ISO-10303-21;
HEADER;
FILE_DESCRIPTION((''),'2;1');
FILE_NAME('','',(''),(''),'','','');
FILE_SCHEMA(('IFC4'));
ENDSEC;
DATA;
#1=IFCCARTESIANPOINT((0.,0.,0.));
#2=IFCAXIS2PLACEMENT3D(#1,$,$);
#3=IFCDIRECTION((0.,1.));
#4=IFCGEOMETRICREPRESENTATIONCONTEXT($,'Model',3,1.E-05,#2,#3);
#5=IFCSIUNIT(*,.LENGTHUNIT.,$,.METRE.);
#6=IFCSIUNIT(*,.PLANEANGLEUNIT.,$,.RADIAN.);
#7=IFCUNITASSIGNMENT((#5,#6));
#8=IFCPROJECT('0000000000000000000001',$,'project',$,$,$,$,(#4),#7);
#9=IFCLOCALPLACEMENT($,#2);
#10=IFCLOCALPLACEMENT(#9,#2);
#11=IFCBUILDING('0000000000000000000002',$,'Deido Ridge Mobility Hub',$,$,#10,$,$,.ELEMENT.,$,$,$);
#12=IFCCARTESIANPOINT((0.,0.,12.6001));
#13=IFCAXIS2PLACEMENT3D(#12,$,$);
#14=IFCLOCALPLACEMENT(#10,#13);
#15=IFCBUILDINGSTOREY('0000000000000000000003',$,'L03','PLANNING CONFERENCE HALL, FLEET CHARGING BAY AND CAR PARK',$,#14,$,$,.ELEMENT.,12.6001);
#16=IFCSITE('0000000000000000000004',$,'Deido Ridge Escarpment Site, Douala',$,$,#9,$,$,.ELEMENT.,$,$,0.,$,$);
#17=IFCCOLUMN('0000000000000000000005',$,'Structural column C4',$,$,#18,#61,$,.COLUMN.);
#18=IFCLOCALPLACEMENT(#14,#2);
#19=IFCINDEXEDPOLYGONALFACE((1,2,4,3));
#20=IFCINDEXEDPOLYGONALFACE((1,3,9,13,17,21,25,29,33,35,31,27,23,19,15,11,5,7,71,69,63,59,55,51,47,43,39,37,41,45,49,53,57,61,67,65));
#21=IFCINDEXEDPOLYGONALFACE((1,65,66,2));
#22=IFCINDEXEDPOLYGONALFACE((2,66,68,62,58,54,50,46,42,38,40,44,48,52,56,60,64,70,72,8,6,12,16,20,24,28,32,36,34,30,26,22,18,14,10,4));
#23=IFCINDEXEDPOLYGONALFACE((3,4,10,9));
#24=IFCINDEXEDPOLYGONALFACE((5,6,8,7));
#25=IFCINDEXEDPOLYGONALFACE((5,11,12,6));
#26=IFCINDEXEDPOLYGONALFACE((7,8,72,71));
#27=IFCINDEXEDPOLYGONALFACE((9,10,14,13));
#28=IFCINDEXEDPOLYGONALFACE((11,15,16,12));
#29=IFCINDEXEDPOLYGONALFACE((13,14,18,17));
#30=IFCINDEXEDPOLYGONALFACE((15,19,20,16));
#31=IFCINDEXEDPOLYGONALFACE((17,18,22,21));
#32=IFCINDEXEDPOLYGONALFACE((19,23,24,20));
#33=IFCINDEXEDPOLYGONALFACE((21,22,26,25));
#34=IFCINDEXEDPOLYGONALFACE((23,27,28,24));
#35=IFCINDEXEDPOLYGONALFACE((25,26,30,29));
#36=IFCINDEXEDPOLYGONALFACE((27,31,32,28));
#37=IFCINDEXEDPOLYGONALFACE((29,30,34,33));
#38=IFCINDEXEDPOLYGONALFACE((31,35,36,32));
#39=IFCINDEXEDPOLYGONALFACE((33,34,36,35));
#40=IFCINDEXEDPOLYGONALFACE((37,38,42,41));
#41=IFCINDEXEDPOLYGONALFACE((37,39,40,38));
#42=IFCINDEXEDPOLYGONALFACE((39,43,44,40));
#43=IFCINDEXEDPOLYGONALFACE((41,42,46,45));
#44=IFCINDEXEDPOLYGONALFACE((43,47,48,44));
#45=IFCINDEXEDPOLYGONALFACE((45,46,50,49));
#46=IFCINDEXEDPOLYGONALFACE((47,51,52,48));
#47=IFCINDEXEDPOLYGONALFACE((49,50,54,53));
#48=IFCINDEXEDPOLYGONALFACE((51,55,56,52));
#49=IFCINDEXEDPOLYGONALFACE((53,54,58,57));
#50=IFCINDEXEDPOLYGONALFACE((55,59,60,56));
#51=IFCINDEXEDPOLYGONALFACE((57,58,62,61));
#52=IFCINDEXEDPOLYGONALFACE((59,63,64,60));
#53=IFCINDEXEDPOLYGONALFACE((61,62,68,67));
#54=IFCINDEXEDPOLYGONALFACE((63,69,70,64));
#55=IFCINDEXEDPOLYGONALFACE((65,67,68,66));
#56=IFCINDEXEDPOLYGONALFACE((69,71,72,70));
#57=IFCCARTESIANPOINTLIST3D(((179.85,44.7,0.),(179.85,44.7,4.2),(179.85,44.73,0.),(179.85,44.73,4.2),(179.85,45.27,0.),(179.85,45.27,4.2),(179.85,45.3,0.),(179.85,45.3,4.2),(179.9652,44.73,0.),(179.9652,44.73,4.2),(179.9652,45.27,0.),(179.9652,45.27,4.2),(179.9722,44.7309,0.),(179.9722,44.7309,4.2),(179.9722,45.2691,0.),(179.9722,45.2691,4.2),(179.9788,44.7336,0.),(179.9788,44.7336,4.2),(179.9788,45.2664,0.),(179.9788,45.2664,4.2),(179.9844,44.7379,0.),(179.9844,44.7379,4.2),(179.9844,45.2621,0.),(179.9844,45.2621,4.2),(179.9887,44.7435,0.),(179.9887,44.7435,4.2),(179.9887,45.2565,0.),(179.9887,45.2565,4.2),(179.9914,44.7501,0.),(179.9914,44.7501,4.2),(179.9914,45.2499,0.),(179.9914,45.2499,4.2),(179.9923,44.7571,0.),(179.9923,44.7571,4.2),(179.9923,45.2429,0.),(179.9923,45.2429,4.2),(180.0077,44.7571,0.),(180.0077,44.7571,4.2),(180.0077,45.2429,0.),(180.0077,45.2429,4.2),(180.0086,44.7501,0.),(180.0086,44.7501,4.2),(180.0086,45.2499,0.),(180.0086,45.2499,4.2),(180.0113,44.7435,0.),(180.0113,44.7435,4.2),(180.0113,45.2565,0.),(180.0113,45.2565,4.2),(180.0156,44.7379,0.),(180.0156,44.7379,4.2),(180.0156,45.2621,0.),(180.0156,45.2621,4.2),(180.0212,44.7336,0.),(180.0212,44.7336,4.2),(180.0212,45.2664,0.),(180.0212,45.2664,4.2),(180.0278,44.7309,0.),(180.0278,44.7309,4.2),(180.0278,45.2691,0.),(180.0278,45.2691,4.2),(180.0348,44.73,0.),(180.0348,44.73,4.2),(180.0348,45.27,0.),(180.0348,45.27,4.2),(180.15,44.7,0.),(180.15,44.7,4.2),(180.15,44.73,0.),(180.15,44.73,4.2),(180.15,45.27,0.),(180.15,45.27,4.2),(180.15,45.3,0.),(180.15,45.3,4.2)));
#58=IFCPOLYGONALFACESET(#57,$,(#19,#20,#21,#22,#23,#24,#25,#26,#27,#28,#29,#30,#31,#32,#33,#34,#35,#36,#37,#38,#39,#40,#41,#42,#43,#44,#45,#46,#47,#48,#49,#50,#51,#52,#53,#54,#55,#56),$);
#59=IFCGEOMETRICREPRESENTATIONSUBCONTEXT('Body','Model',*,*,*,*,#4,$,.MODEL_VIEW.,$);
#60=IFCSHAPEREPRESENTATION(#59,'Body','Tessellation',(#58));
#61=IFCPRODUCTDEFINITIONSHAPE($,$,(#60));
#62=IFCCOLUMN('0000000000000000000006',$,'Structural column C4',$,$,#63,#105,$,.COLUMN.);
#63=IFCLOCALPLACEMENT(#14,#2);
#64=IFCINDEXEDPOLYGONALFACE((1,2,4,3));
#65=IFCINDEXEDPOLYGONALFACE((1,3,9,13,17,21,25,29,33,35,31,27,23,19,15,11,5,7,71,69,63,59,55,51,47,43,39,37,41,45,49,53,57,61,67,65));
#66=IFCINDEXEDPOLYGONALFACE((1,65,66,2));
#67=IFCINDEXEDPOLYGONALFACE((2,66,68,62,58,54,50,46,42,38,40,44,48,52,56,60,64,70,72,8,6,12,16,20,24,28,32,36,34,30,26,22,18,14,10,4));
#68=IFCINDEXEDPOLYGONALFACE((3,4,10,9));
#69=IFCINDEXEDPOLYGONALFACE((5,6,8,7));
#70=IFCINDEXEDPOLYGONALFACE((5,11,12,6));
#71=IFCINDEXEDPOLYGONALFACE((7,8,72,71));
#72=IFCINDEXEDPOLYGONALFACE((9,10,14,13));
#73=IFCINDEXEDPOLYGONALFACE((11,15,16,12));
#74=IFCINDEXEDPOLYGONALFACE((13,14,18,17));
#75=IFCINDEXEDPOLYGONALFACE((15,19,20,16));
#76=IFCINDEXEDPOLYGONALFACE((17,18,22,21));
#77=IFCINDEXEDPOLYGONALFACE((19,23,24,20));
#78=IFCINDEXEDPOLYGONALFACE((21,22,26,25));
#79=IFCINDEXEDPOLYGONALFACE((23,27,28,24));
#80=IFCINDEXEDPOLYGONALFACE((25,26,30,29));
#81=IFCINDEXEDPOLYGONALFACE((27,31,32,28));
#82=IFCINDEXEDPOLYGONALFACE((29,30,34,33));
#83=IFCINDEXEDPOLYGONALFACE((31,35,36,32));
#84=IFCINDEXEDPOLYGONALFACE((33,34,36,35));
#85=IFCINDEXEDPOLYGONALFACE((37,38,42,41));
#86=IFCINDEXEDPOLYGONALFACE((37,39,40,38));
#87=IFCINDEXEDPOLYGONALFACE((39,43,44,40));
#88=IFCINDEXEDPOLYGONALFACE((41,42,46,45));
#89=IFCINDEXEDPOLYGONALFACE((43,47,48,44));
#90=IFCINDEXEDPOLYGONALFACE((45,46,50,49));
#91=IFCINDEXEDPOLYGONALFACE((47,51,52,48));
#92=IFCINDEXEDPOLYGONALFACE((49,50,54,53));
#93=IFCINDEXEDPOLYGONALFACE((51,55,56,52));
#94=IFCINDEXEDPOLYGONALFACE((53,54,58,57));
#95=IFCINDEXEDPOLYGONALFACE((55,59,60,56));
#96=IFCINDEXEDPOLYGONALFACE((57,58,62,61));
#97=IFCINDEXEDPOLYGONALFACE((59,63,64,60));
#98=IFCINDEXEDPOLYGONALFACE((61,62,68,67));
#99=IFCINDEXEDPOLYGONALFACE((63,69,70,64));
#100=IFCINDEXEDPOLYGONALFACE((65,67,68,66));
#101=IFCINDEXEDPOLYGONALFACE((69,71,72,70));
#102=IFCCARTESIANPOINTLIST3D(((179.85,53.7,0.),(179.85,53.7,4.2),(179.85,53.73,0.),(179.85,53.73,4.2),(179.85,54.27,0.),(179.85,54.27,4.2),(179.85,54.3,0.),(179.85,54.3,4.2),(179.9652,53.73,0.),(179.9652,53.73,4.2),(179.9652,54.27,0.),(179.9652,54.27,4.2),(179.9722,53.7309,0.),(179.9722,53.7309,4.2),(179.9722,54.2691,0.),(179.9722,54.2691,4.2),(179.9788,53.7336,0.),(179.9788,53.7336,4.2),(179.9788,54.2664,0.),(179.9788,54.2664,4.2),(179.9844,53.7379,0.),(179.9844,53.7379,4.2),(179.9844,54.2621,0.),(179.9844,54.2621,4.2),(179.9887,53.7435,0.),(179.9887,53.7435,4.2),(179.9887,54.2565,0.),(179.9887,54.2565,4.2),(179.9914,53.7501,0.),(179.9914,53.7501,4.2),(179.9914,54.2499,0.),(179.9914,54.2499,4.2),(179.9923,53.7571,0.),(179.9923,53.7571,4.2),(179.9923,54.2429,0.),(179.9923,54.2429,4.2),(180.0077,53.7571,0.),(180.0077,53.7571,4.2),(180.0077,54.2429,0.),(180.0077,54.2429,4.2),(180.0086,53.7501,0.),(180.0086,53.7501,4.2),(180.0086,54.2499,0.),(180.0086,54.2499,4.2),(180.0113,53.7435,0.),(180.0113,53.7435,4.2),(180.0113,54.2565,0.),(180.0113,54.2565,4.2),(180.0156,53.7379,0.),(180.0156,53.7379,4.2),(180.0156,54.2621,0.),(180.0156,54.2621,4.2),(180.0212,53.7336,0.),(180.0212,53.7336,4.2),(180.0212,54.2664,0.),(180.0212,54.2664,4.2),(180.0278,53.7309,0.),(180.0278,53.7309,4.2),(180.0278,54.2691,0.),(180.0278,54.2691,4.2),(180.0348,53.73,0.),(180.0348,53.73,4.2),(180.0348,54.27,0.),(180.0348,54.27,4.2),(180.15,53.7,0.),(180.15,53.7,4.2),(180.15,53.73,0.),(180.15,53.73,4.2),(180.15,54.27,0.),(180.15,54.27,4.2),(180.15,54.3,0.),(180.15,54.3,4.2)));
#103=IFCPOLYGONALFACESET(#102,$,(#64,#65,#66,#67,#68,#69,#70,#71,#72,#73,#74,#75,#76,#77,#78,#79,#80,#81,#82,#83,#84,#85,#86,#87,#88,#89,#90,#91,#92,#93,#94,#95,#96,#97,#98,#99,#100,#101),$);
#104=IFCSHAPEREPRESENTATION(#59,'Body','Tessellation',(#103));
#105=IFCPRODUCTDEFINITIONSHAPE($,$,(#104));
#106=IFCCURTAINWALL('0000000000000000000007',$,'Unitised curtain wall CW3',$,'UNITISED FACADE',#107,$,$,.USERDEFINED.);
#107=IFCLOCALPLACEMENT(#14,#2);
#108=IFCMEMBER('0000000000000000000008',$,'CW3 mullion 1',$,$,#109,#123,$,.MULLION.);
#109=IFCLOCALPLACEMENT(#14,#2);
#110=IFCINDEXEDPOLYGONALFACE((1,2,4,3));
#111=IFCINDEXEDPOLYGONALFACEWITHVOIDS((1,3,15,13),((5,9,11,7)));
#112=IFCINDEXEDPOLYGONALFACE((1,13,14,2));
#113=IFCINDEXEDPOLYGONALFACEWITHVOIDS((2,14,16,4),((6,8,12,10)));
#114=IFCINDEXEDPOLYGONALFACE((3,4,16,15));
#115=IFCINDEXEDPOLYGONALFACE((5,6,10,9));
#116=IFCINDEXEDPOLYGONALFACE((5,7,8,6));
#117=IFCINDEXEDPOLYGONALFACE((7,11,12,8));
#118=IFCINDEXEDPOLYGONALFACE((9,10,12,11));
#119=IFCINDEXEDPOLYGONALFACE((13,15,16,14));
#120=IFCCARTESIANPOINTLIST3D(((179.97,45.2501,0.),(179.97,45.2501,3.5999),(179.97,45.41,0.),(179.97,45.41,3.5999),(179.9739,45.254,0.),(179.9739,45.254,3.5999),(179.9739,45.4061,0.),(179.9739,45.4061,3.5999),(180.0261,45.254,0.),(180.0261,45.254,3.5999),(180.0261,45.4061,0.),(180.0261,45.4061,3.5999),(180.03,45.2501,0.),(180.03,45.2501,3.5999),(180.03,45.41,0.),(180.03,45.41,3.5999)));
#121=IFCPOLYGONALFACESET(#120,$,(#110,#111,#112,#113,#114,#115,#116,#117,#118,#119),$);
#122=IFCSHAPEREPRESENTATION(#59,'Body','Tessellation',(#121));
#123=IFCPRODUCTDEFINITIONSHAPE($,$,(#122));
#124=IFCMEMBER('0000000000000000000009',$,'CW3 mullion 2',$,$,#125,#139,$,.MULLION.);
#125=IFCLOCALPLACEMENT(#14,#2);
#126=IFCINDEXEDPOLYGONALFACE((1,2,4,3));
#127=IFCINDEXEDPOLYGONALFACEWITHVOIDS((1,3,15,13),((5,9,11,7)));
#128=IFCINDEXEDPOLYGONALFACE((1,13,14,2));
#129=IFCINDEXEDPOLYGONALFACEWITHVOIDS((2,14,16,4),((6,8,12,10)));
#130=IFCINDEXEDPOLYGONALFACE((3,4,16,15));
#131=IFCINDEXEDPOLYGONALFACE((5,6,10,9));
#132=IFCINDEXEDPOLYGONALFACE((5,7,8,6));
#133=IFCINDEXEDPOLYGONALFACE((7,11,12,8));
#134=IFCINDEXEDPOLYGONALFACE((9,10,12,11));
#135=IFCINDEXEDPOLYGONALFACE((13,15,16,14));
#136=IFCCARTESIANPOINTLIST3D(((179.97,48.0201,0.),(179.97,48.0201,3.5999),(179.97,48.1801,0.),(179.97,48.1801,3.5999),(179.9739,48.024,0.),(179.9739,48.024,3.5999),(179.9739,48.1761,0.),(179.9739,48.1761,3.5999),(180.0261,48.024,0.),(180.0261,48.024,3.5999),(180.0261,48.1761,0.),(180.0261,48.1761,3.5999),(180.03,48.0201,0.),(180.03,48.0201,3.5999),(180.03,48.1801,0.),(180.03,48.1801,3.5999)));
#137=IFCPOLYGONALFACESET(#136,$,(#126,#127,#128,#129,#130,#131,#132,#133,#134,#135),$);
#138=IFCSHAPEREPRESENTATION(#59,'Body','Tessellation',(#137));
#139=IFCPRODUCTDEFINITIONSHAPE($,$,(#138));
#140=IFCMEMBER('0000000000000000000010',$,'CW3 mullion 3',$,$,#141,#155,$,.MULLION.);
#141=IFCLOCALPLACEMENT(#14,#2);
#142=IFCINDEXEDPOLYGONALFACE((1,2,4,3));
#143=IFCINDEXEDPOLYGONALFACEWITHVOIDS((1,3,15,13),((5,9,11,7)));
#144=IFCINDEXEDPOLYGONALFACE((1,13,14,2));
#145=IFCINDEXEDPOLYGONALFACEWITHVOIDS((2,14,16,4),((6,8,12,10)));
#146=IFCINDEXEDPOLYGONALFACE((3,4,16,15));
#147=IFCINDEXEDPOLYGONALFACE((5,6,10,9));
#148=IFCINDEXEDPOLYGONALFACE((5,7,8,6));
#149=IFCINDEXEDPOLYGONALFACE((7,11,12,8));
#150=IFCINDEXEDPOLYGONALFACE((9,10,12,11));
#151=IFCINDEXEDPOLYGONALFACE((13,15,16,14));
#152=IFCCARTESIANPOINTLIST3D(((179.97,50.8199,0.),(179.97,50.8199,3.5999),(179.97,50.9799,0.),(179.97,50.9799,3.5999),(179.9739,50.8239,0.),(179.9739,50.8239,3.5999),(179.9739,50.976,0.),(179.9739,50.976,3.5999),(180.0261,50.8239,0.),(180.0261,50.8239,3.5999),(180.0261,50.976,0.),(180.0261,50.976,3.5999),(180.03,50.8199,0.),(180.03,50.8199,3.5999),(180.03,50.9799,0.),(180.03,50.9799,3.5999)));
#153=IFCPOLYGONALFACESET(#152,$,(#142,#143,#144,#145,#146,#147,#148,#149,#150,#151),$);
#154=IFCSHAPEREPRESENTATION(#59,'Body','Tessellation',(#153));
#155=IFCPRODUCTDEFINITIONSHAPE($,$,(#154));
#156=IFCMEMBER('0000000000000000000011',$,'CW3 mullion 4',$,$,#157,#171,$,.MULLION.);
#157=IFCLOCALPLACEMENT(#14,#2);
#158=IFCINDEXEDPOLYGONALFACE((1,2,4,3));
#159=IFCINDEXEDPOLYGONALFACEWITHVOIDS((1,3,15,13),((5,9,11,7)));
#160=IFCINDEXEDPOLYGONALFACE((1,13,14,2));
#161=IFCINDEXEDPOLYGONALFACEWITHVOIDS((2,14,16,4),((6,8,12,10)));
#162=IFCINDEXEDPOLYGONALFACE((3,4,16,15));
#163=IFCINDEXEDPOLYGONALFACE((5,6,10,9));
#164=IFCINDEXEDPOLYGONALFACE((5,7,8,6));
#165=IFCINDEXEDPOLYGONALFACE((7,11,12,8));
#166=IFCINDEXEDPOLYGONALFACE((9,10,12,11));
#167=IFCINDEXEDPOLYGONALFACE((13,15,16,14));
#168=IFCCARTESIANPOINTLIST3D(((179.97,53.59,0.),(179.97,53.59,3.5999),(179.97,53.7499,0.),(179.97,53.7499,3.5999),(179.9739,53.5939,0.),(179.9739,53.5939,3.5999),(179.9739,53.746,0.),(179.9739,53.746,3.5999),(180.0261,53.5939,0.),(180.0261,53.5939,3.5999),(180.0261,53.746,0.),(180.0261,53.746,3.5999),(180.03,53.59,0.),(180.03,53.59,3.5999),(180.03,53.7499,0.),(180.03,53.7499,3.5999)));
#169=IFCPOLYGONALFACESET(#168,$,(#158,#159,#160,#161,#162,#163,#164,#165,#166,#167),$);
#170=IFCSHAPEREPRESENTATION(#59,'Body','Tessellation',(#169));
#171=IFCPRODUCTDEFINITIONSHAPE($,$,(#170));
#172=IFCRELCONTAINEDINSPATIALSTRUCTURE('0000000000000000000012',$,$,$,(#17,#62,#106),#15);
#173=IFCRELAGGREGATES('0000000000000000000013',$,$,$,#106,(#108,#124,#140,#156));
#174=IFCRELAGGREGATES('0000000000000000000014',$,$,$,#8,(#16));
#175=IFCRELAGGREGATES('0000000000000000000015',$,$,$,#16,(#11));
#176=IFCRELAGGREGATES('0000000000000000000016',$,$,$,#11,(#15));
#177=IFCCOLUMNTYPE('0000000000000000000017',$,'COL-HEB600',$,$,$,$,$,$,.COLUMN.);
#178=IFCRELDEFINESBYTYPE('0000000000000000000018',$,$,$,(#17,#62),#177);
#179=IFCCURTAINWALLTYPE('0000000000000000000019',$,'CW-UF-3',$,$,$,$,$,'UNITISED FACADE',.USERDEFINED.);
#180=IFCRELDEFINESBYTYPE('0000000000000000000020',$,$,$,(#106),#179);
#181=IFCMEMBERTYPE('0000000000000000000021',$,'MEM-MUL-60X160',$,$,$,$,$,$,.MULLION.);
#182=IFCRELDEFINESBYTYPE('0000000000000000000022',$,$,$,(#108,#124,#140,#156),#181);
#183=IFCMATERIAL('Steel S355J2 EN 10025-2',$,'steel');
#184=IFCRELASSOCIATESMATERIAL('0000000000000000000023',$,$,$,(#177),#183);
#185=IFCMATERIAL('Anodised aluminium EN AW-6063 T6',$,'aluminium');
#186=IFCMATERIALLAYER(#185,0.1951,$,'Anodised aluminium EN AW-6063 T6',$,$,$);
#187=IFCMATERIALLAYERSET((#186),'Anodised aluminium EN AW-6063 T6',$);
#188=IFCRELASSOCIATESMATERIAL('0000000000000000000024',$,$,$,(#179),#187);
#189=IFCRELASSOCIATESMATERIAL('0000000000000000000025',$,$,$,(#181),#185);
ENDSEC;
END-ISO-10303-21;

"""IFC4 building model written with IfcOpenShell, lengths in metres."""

from ifc_helpers import new_model, si_unit, direction, frame, origin, origin_2d, place, context, subcontext, project, spatial, hollow_rectangle, i_section, extrude, material, layer, layer_set, material_profile, profile_set, type_object, element, aggregate, save


model = new_model("IFC4")

# Units and contexts
model_context = context("Model", 3, precision=1e-05, world=origin(), true_north=direction((0.0, 1.0)))
body_context = subcontext(model_context, "Body", "Model", "MODEL_VIEW")
ifc_project = project(units=[si_unit("LENGTHUNIT", "METRE"), si_unit("PLANEANGLEUNIT", "RADIAN")], contexts=[model_context])

# Site, building, storey
site_placement = place(None, origin())
site = spatial("IfcSite", under=ifc_project, at=site_placement, Name="Deido Ridge Escarpment Site, Douala", CompositionType="ELEMENT", RefElevation=0.0)
building_placement = place(site_placement, origin())
building = spatial("IfcBuilding", under=site, at=building_placement, Name="Deido Ridge Mobility Hub", CompositionType="ELEMENT")
storey_placement = place(building_placement, frame((0.0, 0.0, 12.6001)))
storey = spatial("IfcBuildingStorey", under=building, at=storey_placement, Name="L03", Description="PLANNING CONFERENCE HALL, FLEET CHARGING BAY AND CAR PARK", CompositionType="ELEMENT", Elevation=12.6001)

# Columns
ifc_material_1 = material(Name="Steel S355J2 EN 10025-2", Category="steel")
ifc_material_profile_1 = material_profile(ifc_material_1, i_section(OverallWidth=0.3, OverallDepth=0.6001, WebThickness=0.0154, FlangeThickness=0.03, FilletRadius=0.0271, at=origin_2d()), Name="HEB 600")
ifc_profile_set_1 = profile_set([ifc_material_profile_1], Name="Steel S355J2 EN 10025-2")
column_type = type_object("IfcColumnType", Name="COL-HEB600", PredefinedType="COLUMN", material=ifc_profile_set_1)
for number, where, z_axis, x_axis, name in (
    (1, (180.0, 45.0, 0.0), (0.0, 0.0, 1.0), (1.0, 0.0, 0.0), "Structural column C4"),
    (2, (180.0, 54.0, 0.0), (0.0, 0.0, 1.0), (1.0, 0.0, 0.0), "Structural column C4"),
):
    element("IfcColumn", number, at=place(storey_placement, frame(where, z_axis=z_axis, x_axis=x_axis)), inside=storey, type_object=column_type, Name=name, PredefinedType="COLUMN", context=body_context, shape_type="SweptSolid", body=[
        extrude(i_section(OverallWidth=0.3, OverallDepth=0.6001, WebThickness=0.0154, FlangeThickness=0.03, FilletRadius=0.0271, at=origin_2d()), origin(), (0.0, 0.0, 1.0), 4.2),
    ])

# Curtain wall, members
ifc_material_2 = material(Name="Anodised aluminium EN AW-6063 T6", Category="aluminium")
ifc_layer_1 = layer(ifc_material_2, 0.1951, Name="Anodised aluminium EN AW-6063 T6")
ifc_layer_set_1 = layer_set([ifc_layer_1], Name="Anodised aluminium EN AW-6063 T6")
curtain_wall_type = type_object("IfcCurtainWallType", Name="CW-UF-3", ElementType="UNITISED FACADE", PredefinedType="USERDEFINED", material=ifc_layer_set_1)
curtain_wall_placement = place(storey_placement, origin())
curtain_wall = element("IfcCurtainWall", 3, at=curtain_wall_placement, inside=storey, type_object=curtain_wall_type, Name="Unitised curtain wall CW3", ObjectType="UNITISED FACADE", PredefinedType="USERDEFINED")
ifc_material_profile_2 = material_profile(ifc_material_2, hollow_rectangle(XDim=0.0601, YDim=0.1599, WallThickness=0.0039, at=origin_2d()), Name="RHS 60x160x4")
ifc_profile_set_2 = profile_set([ifc_material_profile_2], Name="Anodised aluminium EN AW-6063 T6")
member_type_1 = type_object("IfcMemberType", Name="MEM-MUL-60X160", PredefinedType="MULLION", material=ifc_profile_set_2)
member_1_placement = place(storey_placement, frame((180.0, 45.3301, 0.0), z_axis=(0.0, 0.0, 1.0), x_axis=(-1.0, 0.0, 0.0)))
member_1 = element("IfcMember", 4, at=member_1_placement, type_object=member_type_1, Name="CW3 mullion 1", PredefinedType="MULLION", context=body_context, shape_type="SweptSolid", body=[
    extrude(hollow_rectangle(XDim=0.0601, YDim=0.1599, WallThickness=0.0039, at=origin_2d()), origin(), (0.0, 0.0, 1.0), 3.5999),
])
member_2_placement = place(storey_placement, frame((180.0, 48.1001, 0.0), z_axis=(0.0, 0.0, 1.0), x_axis=(-1.0, 0.0, 0.0)))
member_2 = element("IfcMember", 5, at=member_2_placement, type_object=member_type_1, Name="CW3 mullion 2", PredefinedType="MULLION", context=body_context, shape_type="SweptSolid", body=[
    extrude(hollow_rectangle(XDim=0.0601, YDim=0.1599, WallThickness=0.0039, at=origin_2d()), origin(), (0.0, 0.0, 1.0), 3.5999),
])
member_3_placement = place(storey_placement, frame((180.0, 50.8999, 0.0), z_axis=(0.0, 0.0, 1.0), x_axis=(-1.0, 0.0, 0.0)))
member_3 = element("IfcMember", 6, at=member_3_placement, type_object=member_type_1, Name="CW3 mullion 3", PredefinedType="MULLION", context=body_context, shape_type="SweptSolid", body=[
    extrude(hollow_rectangle(XDim=0.0601, YDim=0.1599, WallThickness=0.0039, at=origin_2d()), origin(), (0.0, 0.0, 1.0), 3.5999),
])
member_4_placement = place(storey_placement, frame((180.0, 53.6699, 0.0), z_axis=(0.0, 0.0, 1.0), x_axis=(-1.0, 0.0, 0.0)))
member_4 = element("IfcMember", 7, at=member_4_placement, type_object=member_type_1, Name="CW3 mullion 4", PredefinedType="MULLION", context=body_context, shape_type="SweptSolid", body=[
    extrude(hollow_rectangle(XDim=0.0601, YDim=0.1599, WallThickness=0.0039, at=origin_2d()), origin(), (0.0, 0.0, 1.0), 3.5999),
])

aggregate(curtain_wall, [member_1, member_2, member_3, member_4])

save(model, "model.ifc")
